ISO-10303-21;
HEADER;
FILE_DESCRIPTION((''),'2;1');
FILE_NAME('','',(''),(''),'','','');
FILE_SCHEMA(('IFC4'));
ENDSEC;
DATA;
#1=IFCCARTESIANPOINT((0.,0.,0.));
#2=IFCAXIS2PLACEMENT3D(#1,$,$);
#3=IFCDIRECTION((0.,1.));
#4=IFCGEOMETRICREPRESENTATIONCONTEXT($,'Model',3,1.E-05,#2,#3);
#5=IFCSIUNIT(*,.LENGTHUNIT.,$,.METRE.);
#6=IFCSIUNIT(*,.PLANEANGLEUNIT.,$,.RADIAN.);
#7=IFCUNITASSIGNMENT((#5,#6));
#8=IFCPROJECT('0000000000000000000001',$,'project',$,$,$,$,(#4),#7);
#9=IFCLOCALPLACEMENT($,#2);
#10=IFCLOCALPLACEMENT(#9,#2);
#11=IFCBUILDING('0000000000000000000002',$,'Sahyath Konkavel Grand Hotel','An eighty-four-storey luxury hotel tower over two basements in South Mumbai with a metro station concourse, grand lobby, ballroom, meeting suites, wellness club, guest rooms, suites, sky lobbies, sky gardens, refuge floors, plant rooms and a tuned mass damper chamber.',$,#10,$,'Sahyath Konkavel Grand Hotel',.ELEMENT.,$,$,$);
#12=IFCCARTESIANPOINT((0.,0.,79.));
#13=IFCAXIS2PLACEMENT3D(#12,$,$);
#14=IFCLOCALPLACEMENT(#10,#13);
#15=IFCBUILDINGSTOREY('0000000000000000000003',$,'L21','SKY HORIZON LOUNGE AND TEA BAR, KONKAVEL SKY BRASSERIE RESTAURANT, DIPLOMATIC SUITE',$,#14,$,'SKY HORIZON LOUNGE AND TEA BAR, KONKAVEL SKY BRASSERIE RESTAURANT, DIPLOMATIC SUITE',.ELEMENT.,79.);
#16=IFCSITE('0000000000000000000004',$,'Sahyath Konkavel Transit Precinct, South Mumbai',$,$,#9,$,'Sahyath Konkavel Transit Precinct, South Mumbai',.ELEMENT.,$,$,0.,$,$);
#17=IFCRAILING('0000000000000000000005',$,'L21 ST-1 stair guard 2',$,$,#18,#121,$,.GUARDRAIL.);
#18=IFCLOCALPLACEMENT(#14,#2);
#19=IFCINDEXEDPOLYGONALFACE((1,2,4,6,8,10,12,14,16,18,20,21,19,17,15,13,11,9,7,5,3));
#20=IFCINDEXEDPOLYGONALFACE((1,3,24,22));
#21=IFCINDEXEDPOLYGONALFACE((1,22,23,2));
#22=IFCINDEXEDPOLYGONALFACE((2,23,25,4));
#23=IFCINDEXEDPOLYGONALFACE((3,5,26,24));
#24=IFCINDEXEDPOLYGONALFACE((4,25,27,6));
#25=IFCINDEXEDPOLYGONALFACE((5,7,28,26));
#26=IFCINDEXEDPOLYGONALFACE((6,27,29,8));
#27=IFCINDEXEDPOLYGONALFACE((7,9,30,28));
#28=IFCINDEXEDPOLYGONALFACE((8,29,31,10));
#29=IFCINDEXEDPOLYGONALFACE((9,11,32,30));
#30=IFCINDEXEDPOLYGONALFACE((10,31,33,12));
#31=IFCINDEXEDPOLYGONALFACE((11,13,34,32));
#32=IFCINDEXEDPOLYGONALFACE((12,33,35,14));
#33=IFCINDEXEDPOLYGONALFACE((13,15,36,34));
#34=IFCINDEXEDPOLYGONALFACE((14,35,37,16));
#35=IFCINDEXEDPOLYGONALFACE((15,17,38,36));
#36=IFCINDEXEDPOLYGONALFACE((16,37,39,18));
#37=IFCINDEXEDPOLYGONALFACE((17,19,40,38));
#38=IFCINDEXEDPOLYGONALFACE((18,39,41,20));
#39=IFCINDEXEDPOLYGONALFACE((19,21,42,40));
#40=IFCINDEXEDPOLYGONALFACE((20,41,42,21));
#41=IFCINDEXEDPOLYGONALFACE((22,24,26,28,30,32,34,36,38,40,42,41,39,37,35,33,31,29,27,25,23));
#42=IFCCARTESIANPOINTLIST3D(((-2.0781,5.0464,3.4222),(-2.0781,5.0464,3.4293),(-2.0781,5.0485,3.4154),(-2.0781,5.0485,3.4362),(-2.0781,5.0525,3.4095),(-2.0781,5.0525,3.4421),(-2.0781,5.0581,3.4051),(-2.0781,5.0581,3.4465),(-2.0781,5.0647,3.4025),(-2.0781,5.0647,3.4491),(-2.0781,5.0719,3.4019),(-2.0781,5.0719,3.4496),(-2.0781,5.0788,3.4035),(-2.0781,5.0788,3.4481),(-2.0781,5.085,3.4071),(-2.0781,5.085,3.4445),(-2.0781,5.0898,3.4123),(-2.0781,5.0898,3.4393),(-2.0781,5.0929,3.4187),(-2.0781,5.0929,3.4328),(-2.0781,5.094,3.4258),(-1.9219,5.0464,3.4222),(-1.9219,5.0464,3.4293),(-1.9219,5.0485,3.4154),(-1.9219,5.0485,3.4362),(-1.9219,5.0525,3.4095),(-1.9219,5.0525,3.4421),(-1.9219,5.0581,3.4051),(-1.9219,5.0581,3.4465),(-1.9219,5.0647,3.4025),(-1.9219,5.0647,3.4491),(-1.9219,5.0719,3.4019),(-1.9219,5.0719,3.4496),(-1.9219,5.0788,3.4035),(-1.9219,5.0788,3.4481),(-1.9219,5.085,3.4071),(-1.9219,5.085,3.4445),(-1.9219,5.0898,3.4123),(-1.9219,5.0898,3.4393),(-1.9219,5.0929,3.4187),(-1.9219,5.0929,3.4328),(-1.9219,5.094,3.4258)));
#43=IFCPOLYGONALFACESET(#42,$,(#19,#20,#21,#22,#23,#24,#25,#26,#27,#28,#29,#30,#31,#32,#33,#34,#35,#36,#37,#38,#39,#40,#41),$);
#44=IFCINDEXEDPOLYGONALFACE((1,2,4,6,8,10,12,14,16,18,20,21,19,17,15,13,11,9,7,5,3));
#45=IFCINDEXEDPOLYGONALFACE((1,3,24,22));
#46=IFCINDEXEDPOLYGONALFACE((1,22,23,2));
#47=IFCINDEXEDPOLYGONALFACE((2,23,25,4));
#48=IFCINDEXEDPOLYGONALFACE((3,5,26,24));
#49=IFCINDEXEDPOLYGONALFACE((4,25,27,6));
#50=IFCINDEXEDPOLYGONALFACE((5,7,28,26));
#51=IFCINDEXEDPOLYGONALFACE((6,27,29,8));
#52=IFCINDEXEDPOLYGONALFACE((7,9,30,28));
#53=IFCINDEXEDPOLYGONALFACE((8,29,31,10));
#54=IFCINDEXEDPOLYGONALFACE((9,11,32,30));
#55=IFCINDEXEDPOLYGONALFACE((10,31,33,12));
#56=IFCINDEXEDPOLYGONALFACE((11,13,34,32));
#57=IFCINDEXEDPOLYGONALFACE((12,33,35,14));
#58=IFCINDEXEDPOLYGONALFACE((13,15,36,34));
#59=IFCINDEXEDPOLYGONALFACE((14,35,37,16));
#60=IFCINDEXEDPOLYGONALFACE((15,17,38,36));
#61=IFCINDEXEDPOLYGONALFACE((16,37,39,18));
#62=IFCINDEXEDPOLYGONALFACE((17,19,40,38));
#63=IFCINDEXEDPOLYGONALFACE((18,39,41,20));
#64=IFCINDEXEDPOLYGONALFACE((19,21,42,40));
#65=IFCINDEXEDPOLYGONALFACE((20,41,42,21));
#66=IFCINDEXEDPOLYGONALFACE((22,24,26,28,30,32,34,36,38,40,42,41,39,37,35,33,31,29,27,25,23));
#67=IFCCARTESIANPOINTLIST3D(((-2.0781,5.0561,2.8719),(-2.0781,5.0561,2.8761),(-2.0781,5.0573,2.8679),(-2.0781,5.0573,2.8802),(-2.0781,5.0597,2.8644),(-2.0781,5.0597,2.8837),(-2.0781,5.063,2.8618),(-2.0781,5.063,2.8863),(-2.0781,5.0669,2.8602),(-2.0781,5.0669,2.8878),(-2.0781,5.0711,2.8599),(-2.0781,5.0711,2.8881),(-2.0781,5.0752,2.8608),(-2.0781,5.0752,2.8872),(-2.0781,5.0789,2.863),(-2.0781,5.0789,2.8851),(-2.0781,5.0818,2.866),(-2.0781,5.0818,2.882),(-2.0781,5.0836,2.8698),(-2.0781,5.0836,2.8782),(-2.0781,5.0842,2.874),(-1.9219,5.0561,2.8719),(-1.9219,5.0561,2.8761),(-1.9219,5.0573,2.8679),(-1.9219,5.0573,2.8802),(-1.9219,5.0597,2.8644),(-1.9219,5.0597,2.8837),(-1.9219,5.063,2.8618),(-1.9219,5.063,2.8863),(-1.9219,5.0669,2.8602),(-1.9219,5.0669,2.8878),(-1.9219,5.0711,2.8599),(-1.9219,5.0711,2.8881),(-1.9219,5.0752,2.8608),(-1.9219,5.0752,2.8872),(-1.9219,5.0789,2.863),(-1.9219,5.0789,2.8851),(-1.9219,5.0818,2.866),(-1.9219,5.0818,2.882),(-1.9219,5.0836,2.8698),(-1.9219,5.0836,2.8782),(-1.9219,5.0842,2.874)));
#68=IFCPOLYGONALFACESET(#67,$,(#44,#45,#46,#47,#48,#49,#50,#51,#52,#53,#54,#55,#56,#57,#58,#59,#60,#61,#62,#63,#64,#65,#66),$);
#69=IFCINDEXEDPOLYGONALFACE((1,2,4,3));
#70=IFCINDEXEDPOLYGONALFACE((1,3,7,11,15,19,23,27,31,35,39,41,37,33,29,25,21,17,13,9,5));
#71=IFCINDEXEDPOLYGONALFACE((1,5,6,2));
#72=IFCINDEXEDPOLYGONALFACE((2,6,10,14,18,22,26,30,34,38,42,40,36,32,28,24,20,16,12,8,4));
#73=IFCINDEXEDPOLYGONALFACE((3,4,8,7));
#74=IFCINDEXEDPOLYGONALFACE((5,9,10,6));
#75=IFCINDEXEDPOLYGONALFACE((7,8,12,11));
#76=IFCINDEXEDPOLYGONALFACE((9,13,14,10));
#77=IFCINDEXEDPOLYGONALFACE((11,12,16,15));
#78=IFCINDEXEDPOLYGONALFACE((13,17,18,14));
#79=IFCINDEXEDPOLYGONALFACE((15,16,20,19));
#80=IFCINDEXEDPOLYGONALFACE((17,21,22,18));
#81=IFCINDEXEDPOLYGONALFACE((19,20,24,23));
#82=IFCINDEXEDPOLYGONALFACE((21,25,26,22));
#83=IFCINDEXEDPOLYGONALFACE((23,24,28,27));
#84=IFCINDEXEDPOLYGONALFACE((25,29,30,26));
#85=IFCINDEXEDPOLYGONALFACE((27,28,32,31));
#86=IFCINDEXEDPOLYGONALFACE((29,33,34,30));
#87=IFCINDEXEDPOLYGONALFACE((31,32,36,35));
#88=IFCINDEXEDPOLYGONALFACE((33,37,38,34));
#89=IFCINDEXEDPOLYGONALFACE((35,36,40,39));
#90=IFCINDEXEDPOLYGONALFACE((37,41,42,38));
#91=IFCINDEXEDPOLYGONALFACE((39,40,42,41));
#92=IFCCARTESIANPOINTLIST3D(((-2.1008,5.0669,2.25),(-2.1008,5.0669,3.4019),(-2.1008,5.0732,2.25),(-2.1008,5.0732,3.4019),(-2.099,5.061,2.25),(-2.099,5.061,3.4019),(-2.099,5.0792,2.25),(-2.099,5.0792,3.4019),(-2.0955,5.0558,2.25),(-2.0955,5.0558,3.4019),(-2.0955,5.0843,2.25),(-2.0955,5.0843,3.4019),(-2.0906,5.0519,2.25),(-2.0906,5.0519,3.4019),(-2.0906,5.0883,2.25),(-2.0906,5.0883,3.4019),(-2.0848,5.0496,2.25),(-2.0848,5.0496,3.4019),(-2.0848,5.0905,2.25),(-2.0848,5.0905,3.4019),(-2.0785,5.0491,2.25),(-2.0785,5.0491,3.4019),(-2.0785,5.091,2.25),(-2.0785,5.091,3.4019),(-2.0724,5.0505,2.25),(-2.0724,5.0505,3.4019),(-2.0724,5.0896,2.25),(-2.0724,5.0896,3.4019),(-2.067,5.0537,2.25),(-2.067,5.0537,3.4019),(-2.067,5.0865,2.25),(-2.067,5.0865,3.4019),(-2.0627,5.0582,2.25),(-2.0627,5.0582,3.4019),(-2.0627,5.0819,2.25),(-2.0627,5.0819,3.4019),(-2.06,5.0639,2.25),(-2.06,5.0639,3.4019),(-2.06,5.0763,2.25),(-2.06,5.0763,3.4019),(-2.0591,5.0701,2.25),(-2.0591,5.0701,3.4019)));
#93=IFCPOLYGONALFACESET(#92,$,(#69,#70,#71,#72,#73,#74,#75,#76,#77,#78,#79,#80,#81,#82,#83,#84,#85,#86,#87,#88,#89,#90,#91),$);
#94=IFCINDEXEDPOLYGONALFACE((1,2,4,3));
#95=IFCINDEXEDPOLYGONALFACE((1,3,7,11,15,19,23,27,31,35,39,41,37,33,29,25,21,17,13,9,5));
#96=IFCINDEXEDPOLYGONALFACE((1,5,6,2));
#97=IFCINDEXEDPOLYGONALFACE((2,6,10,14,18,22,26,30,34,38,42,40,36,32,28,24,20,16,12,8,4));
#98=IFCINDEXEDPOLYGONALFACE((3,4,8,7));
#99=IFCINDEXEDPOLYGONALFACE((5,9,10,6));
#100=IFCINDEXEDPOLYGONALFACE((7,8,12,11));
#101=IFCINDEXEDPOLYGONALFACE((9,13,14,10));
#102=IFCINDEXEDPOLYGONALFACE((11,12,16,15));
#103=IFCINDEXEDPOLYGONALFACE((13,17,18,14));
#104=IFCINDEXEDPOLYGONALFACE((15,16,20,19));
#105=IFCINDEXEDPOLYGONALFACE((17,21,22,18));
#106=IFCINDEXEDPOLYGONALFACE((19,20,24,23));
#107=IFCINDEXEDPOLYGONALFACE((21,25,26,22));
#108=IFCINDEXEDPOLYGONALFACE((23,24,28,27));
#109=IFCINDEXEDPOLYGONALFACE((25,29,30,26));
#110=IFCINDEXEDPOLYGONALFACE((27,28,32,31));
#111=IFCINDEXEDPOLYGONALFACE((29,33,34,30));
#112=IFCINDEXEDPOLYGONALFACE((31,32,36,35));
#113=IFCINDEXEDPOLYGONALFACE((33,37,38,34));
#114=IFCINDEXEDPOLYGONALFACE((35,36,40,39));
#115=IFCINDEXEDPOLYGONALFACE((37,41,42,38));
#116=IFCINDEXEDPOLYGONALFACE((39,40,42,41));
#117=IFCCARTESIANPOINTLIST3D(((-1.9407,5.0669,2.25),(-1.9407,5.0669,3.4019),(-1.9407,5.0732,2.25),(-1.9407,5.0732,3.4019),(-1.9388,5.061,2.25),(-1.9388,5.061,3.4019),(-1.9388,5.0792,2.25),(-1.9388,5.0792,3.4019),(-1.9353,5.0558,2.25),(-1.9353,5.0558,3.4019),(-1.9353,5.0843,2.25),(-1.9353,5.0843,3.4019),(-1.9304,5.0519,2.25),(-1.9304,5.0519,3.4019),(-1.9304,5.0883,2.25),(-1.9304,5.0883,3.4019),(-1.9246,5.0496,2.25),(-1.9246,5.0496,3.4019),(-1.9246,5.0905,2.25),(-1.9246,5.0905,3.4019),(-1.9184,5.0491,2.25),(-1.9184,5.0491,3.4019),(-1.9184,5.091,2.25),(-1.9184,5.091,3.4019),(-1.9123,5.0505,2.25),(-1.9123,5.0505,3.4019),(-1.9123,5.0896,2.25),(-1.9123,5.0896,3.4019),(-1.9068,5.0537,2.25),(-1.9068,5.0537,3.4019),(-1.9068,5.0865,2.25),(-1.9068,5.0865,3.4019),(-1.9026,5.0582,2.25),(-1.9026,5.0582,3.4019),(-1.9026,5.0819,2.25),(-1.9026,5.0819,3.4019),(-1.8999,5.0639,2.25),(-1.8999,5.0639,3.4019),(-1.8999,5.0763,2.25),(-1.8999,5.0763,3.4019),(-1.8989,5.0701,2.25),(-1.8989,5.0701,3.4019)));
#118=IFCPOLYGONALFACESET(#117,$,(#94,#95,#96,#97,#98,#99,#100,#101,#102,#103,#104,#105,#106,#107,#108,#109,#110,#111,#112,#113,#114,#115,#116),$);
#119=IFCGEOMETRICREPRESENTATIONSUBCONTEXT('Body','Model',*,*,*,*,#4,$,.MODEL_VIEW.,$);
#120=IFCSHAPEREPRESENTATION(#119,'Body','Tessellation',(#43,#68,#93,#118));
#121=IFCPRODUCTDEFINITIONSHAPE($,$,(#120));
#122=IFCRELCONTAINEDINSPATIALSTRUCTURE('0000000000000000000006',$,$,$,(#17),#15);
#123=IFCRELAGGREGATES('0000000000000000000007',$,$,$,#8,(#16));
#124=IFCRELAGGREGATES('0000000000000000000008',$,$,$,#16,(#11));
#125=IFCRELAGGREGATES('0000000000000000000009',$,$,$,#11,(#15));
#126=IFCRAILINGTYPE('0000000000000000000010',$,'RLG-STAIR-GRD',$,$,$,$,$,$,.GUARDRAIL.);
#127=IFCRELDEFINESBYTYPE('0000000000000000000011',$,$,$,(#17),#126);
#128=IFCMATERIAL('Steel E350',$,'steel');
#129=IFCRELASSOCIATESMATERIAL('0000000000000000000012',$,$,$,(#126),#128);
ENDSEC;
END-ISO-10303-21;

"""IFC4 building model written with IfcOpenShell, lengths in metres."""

from ifc_helpers import new_model, si_unit, direction, frame, origin, origin_2d, place, context, subcontext, project, spatial, circle, extrude, material, type_object, element, save


model = new_model("IFC4")

# Units and contexts
model_context = context("Model", 3, precision=1e-05, world=origin(), true_north=direction((0.0, 1.0)))
body_context = subcontext(model_context, "Body", "Model", "MODEL_VIEW")
ifc_project = project(units=[si_unit("LENGTHUNIT", "METRE"), si_unit("PLANEANGLEUNIT", "RADIAN")], contexts=[model_context])

# Site, building, storey
site_placement = place(None, origin())
site = spatial("IfcSite", under=ifc_project, at=site_placement, Name="Sahyath Konkavel Transit Precinct, South Mumbai", LongName="Sahyath Konkavel Transit Precinct, South Mumbai", CompositionType="ELEMENT", RefElevation=0.0)
building_placement = place(site_placement, origin())
building = spatial("IfcBuilding", under=site, at=building_placement, Name="Sahyath Konkavel Grand Hotel", Description="An eighty-four-storey luxury hotel tower over two basements in South Mumbai with a metro station concourse, grand lobby, ballroom, meeting suites, wellness club, guest rooms, suites, sky lobbies, sky gardens, refuge floors, plant rooms and a tuned mass damper chamber.", LongName="Sahyath Konkavel Grand Hotel", CompositionType="ELEMENT")
storey_placement = place(building_placement, frame((0.0, 0.0, 79.0)))
storey = spatial("IfcBuildingStorey", under=building, at=storey_placement, Name="L21", Description="SKY HORIZON LOUNGE AND TEA BAR, KONKAVEL SKY BRASSERIE RESTAURANT, DIPLOMATIC SUITE", LongName="SKY HORIZON LOUNGE AND TEA BAR, KONKAVEL SKY BRASSERIE RESTAURANT, DIPLOMATIC SUITE", CompositionType="ELEMENT", Elevation=79.0)

# Shared definitions
ifc_material_1 = material(Name="Steel E350", Category="steel")

# Railing
railing_type_1 = type_object("IfcRailingType", Name="RLG-STAIR-GRD", PredefinedType="GUARDRAIL", material=ifc_material_1)
railing_1_placement = place(storey_placement, frame((-2.0801, 5.0701, 2.25)))
element("IfcRailing", 1, at=railing_1_placement, inside=storey, type_object=railing_type_1, Name="L21 ST-1 stair guard 2", PredefinedType="GUARDRAIL", context=body_context, shape_type="SweptSolid", body=[
    extrude(circle(Radius=0.0239, at=origin_2d()), frame((0.002, 0.0, 1.1758), z_axis=(1.0, 0.0, 0.0), x_axis=(0.0, 1.0, 0.0)), (0.0, 0.0, 1.0), 0.1562),
    extrude(circle(Radius=0.0142, at=origin_2d()), frame((0.002, 0.0, 0.624), z_axis=(1.0, 0.0, 0.0), x_axis=(0.0, 1.0, 0.0)), (0.0, 0.0, 1.0), 0.1562),
    extrude(circle(Radius=0.021, at=origin_2d()), origin(), (0.0, 0.0, 1.0), 1.1519),
    extrude(circle(Radius=0.021, at=origin_2d()), frame((0.1602, 0.0, 0.0)), (0.0, 0.0, 1.0), 1.1519),
])

save(model, "model.ifc")
